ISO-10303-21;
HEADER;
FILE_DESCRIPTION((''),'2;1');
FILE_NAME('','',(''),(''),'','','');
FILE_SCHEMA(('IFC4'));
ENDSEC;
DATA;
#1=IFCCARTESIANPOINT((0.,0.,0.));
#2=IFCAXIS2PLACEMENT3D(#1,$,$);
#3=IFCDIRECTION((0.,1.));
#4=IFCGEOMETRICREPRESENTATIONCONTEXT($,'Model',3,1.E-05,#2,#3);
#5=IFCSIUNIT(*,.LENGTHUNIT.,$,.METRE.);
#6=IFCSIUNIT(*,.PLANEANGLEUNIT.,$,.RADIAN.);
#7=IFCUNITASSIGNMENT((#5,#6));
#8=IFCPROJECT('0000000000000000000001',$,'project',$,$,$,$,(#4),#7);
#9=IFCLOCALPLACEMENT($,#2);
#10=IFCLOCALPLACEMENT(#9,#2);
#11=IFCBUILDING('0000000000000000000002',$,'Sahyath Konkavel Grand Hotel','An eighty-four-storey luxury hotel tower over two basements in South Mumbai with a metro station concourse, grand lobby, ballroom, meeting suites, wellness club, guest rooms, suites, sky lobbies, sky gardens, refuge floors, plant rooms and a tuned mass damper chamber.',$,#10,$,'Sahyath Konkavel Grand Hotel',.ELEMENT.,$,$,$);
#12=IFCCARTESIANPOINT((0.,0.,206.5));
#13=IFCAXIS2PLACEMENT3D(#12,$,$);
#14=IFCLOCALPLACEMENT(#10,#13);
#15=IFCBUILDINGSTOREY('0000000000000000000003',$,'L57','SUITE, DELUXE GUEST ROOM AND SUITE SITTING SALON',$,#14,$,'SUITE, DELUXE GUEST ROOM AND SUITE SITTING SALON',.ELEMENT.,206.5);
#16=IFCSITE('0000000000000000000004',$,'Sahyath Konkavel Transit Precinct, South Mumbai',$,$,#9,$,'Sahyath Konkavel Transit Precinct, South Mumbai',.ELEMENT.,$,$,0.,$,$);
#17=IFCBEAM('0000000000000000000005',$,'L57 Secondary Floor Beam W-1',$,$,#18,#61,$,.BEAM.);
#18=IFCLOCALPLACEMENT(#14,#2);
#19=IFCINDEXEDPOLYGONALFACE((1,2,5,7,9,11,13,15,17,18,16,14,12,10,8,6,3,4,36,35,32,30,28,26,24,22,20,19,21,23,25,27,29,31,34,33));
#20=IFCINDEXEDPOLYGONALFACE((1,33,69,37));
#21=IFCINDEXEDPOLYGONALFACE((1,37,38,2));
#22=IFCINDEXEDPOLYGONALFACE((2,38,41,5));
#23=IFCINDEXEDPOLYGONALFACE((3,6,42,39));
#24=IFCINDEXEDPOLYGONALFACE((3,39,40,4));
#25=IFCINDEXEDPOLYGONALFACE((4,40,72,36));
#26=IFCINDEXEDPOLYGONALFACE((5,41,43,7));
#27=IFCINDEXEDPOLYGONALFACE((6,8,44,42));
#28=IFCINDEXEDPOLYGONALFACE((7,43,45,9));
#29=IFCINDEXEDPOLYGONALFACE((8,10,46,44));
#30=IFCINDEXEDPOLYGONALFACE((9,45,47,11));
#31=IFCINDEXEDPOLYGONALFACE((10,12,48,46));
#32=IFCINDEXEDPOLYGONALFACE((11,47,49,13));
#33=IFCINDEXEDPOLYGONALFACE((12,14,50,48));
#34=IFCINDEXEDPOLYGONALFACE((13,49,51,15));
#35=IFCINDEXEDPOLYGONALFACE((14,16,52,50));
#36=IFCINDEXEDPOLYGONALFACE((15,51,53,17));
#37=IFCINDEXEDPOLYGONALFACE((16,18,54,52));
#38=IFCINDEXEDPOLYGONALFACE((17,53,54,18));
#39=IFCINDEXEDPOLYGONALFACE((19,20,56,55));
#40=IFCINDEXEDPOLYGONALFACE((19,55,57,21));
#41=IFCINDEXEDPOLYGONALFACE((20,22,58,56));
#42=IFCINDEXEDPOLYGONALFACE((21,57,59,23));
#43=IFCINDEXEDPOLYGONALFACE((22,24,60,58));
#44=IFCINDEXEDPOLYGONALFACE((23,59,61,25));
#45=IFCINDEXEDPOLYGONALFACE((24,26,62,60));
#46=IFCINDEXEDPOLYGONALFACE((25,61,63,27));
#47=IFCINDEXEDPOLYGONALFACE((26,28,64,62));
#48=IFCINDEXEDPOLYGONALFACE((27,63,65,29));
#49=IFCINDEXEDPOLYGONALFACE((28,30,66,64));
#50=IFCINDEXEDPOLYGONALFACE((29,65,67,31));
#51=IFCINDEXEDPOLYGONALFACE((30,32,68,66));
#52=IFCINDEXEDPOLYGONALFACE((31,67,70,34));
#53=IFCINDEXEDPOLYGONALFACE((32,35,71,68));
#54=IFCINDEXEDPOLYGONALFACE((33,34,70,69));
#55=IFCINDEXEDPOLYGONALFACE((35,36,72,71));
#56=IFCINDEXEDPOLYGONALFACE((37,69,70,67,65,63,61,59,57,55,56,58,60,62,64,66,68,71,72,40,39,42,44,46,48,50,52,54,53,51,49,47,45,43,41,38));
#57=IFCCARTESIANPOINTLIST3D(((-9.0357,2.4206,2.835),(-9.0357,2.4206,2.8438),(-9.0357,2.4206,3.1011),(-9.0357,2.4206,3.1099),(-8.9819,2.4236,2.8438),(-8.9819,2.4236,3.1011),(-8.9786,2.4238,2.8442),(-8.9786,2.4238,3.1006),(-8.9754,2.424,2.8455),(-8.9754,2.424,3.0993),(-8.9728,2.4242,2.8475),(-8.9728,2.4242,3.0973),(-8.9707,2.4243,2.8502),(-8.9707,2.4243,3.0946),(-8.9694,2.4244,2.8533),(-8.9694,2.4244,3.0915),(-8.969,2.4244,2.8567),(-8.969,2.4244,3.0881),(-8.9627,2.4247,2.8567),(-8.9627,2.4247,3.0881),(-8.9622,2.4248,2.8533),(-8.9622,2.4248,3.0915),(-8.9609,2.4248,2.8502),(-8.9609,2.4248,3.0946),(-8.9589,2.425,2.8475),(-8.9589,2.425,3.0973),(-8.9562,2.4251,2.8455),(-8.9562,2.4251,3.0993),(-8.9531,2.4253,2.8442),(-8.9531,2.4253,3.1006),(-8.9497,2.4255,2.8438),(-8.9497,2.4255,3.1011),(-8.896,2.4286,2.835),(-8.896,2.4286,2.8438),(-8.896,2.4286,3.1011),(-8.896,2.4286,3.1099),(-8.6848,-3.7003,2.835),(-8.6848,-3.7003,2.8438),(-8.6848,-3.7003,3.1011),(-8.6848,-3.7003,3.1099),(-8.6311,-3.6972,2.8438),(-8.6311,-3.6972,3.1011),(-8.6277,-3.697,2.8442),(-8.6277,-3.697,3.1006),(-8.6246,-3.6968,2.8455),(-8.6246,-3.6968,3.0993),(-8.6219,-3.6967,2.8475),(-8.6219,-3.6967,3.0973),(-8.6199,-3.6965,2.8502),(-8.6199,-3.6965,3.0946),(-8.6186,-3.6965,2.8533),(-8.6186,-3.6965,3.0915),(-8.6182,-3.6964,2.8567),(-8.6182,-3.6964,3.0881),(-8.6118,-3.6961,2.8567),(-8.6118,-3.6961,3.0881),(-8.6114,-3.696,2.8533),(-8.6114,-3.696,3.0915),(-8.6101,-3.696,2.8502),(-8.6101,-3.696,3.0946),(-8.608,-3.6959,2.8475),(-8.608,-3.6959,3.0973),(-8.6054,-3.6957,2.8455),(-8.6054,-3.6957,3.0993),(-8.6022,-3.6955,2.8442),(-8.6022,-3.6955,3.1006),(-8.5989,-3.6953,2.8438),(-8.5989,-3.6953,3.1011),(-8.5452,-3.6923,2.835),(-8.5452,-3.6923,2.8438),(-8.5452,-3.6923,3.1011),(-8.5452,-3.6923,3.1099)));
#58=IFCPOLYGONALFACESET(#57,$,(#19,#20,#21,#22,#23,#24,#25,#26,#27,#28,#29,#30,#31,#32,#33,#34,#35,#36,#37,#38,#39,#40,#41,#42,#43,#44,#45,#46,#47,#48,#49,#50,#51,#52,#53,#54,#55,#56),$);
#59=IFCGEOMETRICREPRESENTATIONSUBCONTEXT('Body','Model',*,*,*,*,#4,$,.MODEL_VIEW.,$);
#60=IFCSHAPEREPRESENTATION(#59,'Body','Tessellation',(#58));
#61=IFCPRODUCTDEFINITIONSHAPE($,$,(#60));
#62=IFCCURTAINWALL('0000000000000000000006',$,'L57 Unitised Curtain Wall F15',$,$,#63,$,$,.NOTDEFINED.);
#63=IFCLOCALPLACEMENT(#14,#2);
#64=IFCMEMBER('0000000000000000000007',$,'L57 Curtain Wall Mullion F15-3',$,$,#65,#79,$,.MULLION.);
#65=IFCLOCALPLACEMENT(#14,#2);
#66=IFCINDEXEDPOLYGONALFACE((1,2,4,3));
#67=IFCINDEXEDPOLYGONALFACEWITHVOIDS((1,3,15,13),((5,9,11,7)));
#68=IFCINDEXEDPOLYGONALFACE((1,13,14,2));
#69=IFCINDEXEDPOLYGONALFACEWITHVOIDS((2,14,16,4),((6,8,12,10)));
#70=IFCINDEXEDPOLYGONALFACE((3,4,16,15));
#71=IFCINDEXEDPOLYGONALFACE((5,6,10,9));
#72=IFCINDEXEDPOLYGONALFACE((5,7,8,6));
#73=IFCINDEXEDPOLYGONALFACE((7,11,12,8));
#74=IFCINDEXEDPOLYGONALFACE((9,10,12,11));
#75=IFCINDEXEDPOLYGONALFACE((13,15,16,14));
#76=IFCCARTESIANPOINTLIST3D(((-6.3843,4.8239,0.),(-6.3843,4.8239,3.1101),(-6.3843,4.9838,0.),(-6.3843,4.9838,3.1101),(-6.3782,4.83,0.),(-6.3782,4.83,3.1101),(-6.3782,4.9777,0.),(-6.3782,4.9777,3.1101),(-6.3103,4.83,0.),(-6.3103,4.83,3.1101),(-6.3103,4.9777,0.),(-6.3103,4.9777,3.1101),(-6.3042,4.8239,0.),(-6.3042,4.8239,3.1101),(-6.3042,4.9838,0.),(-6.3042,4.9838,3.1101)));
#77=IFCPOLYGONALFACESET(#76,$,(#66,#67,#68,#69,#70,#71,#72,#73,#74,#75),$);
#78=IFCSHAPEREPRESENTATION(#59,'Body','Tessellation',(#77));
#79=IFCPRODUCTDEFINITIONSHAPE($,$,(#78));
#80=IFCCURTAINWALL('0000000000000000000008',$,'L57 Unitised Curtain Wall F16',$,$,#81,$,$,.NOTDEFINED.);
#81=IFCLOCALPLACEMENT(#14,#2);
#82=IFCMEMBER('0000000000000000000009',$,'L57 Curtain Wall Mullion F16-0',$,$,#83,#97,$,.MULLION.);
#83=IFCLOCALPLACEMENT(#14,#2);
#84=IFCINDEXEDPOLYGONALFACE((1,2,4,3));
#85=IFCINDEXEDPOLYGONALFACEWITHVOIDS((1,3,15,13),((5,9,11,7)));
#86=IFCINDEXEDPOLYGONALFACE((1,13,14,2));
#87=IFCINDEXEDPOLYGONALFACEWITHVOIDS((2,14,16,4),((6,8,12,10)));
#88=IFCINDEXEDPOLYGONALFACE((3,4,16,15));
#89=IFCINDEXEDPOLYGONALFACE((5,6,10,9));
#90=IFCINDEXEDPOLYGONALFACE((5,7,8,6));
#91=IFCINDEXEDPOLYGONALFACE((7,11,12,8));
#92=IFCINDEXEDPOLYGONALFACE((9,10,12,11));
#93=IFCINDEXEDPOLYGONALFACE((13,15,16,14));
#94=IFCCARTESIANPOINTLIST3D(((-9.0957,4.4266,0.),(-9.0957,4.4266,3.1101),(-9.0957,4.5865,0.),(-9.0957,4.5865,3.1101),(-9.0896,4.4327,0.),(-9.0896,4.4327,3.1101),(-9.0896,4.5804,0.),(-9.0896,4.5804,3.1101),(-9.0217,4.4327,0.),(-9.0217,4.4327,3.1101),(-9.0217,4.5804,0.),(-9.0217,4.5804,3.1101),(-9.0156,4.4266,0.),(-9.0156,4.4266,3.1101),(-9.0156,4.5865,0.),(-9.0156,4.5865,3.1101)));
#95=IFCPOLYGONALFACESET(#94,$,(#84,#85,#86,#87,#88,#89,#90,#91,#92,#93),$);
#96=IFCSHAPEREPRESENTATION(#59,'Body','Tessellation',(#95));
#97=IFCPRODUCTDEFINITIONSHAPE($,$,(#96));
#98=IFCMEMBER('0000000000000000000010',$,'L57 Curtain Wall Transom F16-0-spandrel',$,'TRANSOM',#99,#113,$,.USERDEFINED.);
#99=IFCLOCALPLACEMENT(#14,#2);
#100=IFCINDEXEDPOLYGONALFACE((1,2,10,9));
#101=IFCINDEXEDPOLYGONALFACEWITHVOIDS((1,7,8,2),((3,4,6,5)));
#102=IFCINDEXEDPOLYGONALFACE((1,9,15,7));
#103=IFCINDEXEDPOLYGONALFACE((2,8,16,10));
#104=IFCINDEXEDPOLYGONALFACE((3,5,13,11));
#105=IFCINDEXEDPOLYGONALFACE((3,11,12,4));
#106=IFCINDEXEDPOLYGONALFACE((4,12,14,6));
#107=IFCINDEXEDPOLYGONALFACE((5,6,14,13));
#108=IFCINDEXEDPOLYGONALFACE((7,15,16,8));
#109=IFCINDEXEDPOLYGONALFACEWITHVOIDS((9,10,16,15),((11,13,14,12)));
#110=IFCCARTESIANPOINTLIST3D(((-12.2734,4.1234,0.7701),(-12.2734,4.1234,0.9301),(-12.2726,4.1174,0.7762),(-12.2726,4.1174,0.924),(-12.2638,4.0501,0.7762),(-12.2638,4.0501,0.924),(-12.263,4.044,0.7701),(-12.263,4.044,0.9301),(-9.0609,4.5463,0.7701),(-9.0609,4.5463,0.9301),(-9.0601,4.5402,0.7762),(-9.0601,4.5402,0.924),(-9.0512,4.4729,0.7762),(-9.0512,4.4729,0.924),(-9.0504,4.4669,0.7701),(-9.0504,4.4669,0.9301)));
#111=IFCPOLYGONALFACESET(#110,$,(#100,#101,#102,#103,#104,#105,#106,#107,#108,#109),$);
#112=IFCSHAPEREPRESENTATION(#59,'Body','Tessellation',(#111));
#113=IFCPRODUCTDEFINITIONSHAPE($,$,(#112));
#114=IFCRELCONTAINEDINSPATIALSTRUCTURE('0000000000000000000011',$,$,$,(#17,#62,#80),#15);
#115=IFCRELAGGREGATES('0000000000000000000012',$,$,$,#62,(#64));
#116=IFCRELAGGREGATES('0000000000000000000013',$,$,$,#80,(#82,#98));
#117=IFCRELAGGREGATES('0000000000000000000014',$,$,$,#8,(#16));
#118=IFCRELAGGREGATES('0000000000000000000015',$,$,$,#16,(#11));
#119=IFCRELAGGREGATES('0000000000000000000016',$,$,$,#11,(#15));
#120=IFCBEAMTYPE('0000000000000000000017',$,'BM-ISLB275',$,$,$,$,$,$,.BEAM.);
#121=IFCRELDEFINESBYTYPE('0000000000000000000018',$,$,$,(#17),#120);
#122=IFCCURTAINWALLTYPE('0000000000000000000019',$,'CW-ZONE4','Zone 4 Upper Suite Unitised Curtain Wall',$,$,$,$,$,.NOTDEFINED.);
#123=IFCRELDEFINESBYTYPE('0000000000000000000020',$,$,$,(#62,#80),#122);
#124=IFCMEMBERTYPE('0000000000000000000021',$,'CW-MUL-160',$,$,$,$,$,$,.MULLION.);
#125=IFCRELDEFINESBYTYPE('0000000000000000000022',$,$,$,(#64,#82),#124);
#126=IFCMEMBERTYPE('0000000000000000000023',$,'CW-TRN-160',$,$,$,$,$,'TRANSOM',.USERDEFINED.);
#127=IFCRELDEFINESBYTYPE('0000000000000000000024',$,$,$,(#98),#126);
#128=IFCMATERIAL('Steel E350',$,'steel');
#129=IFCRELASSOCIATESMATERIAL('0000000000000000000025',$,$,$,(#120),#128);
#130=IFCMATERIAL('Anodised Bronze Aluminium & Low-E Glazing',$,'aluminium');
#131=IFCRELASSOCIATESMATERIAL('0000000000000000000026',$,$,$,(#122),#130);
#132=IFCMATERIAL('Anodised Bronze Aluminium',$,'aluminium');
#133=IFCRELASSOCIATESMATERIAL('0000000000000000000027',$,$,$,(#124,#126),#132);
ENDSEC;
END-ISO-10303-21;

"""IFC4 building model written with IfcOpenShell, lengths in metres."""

from ifc_helpers import new_model, si_unit, direction, frame, origin, origin_2d, place, context, subcontext, project, spatial, hollow_rectangle, i_section, extrude, source, transform, mapped, material, material_profile, profile_set, type_object, element, aggregate, save


model = new_model("IFC4")

# Units and contexts
model_context = context("Model", 3, precision=1e-05, world=origin(), true_north=direction((0.0, 1.0)))
body_context = subcontext(model_context, "Body", "Model", "MODEL_VIEW")
ifc_project = project(units=[si_unit("LENGTHUNIT", "METRE"), si_unit("PLANEANGLEUNIT", "RADIAN")], contexts=[model_context])

# Site, building, storey
site_placement = place(None, origin())
site = spatial("IfcSite", under=ifc_project, at=site_placement, Name="Sahyath Konkavel Transit Precinct, South Mumbai", LongName="Sahyath Konkavel Transit Precinct, South Mumbai", CompositionType="ELEMENT", RefElevation=0.0)
building_placement = place(site_placement, origin())
building = spatial("IfcBuilding", under=site, at=building_placement, Name="Sahyath Konkavel Grand Hotel", Description="An eighty-four-storey luxury hotel tower over two basements in South Mumbai with a metro station concourse, grand lobby, ballroom, meeting suites, wellness club, guest rooms, suites, sky lobbies, sky gardens, refuge floors, plant rooms and a tuned mass damper chamber.", LongName="Sahyath Konkavel Grand Hotel", CompositionType="ELEMENT")
storey_placement = place(building_placement, frame((0.0, 0.0, 206.5)))
storey = spatial("IfcBuildingStorey", under=building, at=storey_placement, Name="L57", Description="SUITE, DELUXE GUEST ROOM AND SUITE SITTING SALON", LongName="SUITE, DELUXE GUEST ROOM AND SUITE SITTING SALON", CompositionType="ELEMENT", Elevation=206.5)

# Beam
ifc_material_1 = material(Name="Steel E350", Category="steel")
ifc_material_profile_1 = material_profile(ifc_material_1, i_section(OverallWidth=0.1399, OverallDepth=0.2749, WebThickness=0.0063, FlangeThickness=0.0088, FilletRadius=0.0129, at=origin_2d()), Name="ISLB 275")
ifc_profile_set_1 = profile_set([ifc_material_profile_1], Name="Steel E350")
beam_type_1 = type_object("IfcBeamType", Name="BM-ISLB275", PredefinedType="BEAM", material=ifc_profile_set_1)
shared_shape_1 = source(origin(), body_context, "Body", "SweptSolid", [
    extrude(i_section(OverallWidth=0.1399, OverallDepth=0.2749, WebThickness=0.0063, FlangeThickness=0.0088, FilletRadius=0.0129, at=origin_2d()), origin(), (0.0, 0.0, 1.0), 6.1309),
])
beam_1_placement = place(storey_placement, frame((-8.9658, 2.4246, 2.9724), z_axis=(0.057223, -0.998361, 0.0), x_axis=(0.998361, 0.057223, 0.0)))
element("IfcBeam", 1, at=beam_1_placement, inside=storey, type_object=beam_type_1, Name="L57 Secondary Floor Beam W-1", PredefinedType="BEAM", context=body_context, shape_type="MappedRepresentation", body=[
    mapped(shared_shape_1, transform((0.0, 0.0, 0.0), scale=1.0)),
])

# Curtain wall, member
ifc_material_2 = material(Name="Anodised Bronze Aluminium & Low-E Glazing", Category="aluminium")
curtain_wall_type = type_object("IfcCurtainWallType", Name="CW-ZONE4", Description="Zone 4 Upper Suite Unitised Curtain Wall", PredefinedType="NOTDEFINED", material=ifc_material_2)
curtain_wall_1_placement = place(storey_placement, origin())
curtain_wall_1 = element("IfcCurtainWall", 2, at=curtain_wall_1_placement, inside=storey, type_object=curtain_wall_type, Name="L57 Unitised Curtain Wall F15", PredefinedType="NOTDEFINED")
ifc_material_3 = material(Name="Anodised Bronze Aluminium", Category="aluminium")
ifc_material_profile_2 = material_profile(ifc_material_3, hollow_rectangle(XDim=0.0801, YDim=0.1599, WallThickness=0.0061, at=origin_2d()), Name="RHS 160x80x6")
ifc_profile_set_2 = profile_set([ifc_material_profile_2], Name="Anodised Bronze Aluminium")
member_type_1 = type_object("IfcMemberType", Name="CW-MUL-160", PredefinedType="MULLION", material=ifc_profile_set_2)
shared_shape_2 = source(origin(), body_context, "Body", "SweptSolid", [
    extrude(hollow_rectangle(XDim=0.0801, YDim=0.1599, WallThickness=0.0061, at=origin_2d()), origin(), (0.0, 0.0, 1.0), 3.1101),
])
member_1_placement = place(storey_placement, frame((-6.3442, 4.9038, 0.0), z_axis=(0.0, 0.0, 1.0), x_axis=(1.0, 0.0, 0.0)))
member_1 = element("IfcMember", 3, at=member_1_placement, type_object=member_type_1, Name="L57 Curtain Wall Mullion F15-3", PredefinedType="MULLION", context=body_context, shape_type="MappedRepresentation", body=[
    mapped(shared_shape_2, transform((0.0, 0.0, 0.0), scale=1.0)),
])
aggregate(curtain_wall_1, [member_1])

# Curtain wall, members
curtain_wall_2_placement = place(storey_placement, origin())
curtain_wall_2 = element("IfcCurtainWall", 4, at=curtain_wall_2_placement, inside=storey, type_object=curtain_wall_type, Name="L57 Unitised Curtain Wall F16", PredefinedType="NOTDEFINED")
member_2_placement = place(storey_placement, frame((-9.0557, 4.5066, 0.0), z_axis=(0.0, 0.0, 1.0), x_axis=(1.0, 0.0, 0.0)))
member_2 = element("IfcMember", 5, at=member_2_placement, type_object=member_type_1, Name="L57 Curtain Wall Mullion F16-0", PredefinedType="MULLION", context=body_context, shape_type="MappedRepresentation", body=[
    mapped(shared_shape_2, transform((0.0, 0.0, 0.0), scale=1.0)),
])
ifc_material_profile_3 = material_profile(ifc_material_3, hollow_rectangle(XDim=0.0801, YDim=0.1599, WallThickness=0.0061, at=origin_2d()), Name="RHS 160x80x6")
ifc_profile_set_3 = profile_set([ifc_material_profile_3], Name="Anodised Bronze Aluminium")
member_type_2 = type_object("IfcMemberType", Name="CW-TRN-160", ElementType="TRANSOM", PredefinedType="USERDEFINED", material=ifc_profile_set_3)
shared_shape_3 = source(origin(), body_context, "Body", "SweptSolid", [
    extrude(hollow_rectangle(XDim=0.0801, YDim=0.1599, WallThickness=0.0061, at=origin_2d()), origin(), (0.0, 0.0, 1.0), 3.2402),
])
member_3_placement = place(storey_placement, frame((-9.0557, 4.5066, 0.8501), z_axis=(-0.991448, -0.130505, 0.0), x_axis=(0.130505, -0.991448, 0.0)))
member_3 = element("IfcMember", 6, at=member_3_placement, type_object=member_type_2, Name="L57 Curtain Wall Transom F16-0-spandrel", ObjectType="TRANSOM", PredefinedType="USERDEFINED", context=body_context, shape_type="MappedRepresentation", body=[
    mapped(shared_shape_3, transform((0.0, 0.0, 0.0), scale=1.0)),
])

aggregate(curtain_wall_2, [member_2, member_3])

save(model, "model.ifc")
